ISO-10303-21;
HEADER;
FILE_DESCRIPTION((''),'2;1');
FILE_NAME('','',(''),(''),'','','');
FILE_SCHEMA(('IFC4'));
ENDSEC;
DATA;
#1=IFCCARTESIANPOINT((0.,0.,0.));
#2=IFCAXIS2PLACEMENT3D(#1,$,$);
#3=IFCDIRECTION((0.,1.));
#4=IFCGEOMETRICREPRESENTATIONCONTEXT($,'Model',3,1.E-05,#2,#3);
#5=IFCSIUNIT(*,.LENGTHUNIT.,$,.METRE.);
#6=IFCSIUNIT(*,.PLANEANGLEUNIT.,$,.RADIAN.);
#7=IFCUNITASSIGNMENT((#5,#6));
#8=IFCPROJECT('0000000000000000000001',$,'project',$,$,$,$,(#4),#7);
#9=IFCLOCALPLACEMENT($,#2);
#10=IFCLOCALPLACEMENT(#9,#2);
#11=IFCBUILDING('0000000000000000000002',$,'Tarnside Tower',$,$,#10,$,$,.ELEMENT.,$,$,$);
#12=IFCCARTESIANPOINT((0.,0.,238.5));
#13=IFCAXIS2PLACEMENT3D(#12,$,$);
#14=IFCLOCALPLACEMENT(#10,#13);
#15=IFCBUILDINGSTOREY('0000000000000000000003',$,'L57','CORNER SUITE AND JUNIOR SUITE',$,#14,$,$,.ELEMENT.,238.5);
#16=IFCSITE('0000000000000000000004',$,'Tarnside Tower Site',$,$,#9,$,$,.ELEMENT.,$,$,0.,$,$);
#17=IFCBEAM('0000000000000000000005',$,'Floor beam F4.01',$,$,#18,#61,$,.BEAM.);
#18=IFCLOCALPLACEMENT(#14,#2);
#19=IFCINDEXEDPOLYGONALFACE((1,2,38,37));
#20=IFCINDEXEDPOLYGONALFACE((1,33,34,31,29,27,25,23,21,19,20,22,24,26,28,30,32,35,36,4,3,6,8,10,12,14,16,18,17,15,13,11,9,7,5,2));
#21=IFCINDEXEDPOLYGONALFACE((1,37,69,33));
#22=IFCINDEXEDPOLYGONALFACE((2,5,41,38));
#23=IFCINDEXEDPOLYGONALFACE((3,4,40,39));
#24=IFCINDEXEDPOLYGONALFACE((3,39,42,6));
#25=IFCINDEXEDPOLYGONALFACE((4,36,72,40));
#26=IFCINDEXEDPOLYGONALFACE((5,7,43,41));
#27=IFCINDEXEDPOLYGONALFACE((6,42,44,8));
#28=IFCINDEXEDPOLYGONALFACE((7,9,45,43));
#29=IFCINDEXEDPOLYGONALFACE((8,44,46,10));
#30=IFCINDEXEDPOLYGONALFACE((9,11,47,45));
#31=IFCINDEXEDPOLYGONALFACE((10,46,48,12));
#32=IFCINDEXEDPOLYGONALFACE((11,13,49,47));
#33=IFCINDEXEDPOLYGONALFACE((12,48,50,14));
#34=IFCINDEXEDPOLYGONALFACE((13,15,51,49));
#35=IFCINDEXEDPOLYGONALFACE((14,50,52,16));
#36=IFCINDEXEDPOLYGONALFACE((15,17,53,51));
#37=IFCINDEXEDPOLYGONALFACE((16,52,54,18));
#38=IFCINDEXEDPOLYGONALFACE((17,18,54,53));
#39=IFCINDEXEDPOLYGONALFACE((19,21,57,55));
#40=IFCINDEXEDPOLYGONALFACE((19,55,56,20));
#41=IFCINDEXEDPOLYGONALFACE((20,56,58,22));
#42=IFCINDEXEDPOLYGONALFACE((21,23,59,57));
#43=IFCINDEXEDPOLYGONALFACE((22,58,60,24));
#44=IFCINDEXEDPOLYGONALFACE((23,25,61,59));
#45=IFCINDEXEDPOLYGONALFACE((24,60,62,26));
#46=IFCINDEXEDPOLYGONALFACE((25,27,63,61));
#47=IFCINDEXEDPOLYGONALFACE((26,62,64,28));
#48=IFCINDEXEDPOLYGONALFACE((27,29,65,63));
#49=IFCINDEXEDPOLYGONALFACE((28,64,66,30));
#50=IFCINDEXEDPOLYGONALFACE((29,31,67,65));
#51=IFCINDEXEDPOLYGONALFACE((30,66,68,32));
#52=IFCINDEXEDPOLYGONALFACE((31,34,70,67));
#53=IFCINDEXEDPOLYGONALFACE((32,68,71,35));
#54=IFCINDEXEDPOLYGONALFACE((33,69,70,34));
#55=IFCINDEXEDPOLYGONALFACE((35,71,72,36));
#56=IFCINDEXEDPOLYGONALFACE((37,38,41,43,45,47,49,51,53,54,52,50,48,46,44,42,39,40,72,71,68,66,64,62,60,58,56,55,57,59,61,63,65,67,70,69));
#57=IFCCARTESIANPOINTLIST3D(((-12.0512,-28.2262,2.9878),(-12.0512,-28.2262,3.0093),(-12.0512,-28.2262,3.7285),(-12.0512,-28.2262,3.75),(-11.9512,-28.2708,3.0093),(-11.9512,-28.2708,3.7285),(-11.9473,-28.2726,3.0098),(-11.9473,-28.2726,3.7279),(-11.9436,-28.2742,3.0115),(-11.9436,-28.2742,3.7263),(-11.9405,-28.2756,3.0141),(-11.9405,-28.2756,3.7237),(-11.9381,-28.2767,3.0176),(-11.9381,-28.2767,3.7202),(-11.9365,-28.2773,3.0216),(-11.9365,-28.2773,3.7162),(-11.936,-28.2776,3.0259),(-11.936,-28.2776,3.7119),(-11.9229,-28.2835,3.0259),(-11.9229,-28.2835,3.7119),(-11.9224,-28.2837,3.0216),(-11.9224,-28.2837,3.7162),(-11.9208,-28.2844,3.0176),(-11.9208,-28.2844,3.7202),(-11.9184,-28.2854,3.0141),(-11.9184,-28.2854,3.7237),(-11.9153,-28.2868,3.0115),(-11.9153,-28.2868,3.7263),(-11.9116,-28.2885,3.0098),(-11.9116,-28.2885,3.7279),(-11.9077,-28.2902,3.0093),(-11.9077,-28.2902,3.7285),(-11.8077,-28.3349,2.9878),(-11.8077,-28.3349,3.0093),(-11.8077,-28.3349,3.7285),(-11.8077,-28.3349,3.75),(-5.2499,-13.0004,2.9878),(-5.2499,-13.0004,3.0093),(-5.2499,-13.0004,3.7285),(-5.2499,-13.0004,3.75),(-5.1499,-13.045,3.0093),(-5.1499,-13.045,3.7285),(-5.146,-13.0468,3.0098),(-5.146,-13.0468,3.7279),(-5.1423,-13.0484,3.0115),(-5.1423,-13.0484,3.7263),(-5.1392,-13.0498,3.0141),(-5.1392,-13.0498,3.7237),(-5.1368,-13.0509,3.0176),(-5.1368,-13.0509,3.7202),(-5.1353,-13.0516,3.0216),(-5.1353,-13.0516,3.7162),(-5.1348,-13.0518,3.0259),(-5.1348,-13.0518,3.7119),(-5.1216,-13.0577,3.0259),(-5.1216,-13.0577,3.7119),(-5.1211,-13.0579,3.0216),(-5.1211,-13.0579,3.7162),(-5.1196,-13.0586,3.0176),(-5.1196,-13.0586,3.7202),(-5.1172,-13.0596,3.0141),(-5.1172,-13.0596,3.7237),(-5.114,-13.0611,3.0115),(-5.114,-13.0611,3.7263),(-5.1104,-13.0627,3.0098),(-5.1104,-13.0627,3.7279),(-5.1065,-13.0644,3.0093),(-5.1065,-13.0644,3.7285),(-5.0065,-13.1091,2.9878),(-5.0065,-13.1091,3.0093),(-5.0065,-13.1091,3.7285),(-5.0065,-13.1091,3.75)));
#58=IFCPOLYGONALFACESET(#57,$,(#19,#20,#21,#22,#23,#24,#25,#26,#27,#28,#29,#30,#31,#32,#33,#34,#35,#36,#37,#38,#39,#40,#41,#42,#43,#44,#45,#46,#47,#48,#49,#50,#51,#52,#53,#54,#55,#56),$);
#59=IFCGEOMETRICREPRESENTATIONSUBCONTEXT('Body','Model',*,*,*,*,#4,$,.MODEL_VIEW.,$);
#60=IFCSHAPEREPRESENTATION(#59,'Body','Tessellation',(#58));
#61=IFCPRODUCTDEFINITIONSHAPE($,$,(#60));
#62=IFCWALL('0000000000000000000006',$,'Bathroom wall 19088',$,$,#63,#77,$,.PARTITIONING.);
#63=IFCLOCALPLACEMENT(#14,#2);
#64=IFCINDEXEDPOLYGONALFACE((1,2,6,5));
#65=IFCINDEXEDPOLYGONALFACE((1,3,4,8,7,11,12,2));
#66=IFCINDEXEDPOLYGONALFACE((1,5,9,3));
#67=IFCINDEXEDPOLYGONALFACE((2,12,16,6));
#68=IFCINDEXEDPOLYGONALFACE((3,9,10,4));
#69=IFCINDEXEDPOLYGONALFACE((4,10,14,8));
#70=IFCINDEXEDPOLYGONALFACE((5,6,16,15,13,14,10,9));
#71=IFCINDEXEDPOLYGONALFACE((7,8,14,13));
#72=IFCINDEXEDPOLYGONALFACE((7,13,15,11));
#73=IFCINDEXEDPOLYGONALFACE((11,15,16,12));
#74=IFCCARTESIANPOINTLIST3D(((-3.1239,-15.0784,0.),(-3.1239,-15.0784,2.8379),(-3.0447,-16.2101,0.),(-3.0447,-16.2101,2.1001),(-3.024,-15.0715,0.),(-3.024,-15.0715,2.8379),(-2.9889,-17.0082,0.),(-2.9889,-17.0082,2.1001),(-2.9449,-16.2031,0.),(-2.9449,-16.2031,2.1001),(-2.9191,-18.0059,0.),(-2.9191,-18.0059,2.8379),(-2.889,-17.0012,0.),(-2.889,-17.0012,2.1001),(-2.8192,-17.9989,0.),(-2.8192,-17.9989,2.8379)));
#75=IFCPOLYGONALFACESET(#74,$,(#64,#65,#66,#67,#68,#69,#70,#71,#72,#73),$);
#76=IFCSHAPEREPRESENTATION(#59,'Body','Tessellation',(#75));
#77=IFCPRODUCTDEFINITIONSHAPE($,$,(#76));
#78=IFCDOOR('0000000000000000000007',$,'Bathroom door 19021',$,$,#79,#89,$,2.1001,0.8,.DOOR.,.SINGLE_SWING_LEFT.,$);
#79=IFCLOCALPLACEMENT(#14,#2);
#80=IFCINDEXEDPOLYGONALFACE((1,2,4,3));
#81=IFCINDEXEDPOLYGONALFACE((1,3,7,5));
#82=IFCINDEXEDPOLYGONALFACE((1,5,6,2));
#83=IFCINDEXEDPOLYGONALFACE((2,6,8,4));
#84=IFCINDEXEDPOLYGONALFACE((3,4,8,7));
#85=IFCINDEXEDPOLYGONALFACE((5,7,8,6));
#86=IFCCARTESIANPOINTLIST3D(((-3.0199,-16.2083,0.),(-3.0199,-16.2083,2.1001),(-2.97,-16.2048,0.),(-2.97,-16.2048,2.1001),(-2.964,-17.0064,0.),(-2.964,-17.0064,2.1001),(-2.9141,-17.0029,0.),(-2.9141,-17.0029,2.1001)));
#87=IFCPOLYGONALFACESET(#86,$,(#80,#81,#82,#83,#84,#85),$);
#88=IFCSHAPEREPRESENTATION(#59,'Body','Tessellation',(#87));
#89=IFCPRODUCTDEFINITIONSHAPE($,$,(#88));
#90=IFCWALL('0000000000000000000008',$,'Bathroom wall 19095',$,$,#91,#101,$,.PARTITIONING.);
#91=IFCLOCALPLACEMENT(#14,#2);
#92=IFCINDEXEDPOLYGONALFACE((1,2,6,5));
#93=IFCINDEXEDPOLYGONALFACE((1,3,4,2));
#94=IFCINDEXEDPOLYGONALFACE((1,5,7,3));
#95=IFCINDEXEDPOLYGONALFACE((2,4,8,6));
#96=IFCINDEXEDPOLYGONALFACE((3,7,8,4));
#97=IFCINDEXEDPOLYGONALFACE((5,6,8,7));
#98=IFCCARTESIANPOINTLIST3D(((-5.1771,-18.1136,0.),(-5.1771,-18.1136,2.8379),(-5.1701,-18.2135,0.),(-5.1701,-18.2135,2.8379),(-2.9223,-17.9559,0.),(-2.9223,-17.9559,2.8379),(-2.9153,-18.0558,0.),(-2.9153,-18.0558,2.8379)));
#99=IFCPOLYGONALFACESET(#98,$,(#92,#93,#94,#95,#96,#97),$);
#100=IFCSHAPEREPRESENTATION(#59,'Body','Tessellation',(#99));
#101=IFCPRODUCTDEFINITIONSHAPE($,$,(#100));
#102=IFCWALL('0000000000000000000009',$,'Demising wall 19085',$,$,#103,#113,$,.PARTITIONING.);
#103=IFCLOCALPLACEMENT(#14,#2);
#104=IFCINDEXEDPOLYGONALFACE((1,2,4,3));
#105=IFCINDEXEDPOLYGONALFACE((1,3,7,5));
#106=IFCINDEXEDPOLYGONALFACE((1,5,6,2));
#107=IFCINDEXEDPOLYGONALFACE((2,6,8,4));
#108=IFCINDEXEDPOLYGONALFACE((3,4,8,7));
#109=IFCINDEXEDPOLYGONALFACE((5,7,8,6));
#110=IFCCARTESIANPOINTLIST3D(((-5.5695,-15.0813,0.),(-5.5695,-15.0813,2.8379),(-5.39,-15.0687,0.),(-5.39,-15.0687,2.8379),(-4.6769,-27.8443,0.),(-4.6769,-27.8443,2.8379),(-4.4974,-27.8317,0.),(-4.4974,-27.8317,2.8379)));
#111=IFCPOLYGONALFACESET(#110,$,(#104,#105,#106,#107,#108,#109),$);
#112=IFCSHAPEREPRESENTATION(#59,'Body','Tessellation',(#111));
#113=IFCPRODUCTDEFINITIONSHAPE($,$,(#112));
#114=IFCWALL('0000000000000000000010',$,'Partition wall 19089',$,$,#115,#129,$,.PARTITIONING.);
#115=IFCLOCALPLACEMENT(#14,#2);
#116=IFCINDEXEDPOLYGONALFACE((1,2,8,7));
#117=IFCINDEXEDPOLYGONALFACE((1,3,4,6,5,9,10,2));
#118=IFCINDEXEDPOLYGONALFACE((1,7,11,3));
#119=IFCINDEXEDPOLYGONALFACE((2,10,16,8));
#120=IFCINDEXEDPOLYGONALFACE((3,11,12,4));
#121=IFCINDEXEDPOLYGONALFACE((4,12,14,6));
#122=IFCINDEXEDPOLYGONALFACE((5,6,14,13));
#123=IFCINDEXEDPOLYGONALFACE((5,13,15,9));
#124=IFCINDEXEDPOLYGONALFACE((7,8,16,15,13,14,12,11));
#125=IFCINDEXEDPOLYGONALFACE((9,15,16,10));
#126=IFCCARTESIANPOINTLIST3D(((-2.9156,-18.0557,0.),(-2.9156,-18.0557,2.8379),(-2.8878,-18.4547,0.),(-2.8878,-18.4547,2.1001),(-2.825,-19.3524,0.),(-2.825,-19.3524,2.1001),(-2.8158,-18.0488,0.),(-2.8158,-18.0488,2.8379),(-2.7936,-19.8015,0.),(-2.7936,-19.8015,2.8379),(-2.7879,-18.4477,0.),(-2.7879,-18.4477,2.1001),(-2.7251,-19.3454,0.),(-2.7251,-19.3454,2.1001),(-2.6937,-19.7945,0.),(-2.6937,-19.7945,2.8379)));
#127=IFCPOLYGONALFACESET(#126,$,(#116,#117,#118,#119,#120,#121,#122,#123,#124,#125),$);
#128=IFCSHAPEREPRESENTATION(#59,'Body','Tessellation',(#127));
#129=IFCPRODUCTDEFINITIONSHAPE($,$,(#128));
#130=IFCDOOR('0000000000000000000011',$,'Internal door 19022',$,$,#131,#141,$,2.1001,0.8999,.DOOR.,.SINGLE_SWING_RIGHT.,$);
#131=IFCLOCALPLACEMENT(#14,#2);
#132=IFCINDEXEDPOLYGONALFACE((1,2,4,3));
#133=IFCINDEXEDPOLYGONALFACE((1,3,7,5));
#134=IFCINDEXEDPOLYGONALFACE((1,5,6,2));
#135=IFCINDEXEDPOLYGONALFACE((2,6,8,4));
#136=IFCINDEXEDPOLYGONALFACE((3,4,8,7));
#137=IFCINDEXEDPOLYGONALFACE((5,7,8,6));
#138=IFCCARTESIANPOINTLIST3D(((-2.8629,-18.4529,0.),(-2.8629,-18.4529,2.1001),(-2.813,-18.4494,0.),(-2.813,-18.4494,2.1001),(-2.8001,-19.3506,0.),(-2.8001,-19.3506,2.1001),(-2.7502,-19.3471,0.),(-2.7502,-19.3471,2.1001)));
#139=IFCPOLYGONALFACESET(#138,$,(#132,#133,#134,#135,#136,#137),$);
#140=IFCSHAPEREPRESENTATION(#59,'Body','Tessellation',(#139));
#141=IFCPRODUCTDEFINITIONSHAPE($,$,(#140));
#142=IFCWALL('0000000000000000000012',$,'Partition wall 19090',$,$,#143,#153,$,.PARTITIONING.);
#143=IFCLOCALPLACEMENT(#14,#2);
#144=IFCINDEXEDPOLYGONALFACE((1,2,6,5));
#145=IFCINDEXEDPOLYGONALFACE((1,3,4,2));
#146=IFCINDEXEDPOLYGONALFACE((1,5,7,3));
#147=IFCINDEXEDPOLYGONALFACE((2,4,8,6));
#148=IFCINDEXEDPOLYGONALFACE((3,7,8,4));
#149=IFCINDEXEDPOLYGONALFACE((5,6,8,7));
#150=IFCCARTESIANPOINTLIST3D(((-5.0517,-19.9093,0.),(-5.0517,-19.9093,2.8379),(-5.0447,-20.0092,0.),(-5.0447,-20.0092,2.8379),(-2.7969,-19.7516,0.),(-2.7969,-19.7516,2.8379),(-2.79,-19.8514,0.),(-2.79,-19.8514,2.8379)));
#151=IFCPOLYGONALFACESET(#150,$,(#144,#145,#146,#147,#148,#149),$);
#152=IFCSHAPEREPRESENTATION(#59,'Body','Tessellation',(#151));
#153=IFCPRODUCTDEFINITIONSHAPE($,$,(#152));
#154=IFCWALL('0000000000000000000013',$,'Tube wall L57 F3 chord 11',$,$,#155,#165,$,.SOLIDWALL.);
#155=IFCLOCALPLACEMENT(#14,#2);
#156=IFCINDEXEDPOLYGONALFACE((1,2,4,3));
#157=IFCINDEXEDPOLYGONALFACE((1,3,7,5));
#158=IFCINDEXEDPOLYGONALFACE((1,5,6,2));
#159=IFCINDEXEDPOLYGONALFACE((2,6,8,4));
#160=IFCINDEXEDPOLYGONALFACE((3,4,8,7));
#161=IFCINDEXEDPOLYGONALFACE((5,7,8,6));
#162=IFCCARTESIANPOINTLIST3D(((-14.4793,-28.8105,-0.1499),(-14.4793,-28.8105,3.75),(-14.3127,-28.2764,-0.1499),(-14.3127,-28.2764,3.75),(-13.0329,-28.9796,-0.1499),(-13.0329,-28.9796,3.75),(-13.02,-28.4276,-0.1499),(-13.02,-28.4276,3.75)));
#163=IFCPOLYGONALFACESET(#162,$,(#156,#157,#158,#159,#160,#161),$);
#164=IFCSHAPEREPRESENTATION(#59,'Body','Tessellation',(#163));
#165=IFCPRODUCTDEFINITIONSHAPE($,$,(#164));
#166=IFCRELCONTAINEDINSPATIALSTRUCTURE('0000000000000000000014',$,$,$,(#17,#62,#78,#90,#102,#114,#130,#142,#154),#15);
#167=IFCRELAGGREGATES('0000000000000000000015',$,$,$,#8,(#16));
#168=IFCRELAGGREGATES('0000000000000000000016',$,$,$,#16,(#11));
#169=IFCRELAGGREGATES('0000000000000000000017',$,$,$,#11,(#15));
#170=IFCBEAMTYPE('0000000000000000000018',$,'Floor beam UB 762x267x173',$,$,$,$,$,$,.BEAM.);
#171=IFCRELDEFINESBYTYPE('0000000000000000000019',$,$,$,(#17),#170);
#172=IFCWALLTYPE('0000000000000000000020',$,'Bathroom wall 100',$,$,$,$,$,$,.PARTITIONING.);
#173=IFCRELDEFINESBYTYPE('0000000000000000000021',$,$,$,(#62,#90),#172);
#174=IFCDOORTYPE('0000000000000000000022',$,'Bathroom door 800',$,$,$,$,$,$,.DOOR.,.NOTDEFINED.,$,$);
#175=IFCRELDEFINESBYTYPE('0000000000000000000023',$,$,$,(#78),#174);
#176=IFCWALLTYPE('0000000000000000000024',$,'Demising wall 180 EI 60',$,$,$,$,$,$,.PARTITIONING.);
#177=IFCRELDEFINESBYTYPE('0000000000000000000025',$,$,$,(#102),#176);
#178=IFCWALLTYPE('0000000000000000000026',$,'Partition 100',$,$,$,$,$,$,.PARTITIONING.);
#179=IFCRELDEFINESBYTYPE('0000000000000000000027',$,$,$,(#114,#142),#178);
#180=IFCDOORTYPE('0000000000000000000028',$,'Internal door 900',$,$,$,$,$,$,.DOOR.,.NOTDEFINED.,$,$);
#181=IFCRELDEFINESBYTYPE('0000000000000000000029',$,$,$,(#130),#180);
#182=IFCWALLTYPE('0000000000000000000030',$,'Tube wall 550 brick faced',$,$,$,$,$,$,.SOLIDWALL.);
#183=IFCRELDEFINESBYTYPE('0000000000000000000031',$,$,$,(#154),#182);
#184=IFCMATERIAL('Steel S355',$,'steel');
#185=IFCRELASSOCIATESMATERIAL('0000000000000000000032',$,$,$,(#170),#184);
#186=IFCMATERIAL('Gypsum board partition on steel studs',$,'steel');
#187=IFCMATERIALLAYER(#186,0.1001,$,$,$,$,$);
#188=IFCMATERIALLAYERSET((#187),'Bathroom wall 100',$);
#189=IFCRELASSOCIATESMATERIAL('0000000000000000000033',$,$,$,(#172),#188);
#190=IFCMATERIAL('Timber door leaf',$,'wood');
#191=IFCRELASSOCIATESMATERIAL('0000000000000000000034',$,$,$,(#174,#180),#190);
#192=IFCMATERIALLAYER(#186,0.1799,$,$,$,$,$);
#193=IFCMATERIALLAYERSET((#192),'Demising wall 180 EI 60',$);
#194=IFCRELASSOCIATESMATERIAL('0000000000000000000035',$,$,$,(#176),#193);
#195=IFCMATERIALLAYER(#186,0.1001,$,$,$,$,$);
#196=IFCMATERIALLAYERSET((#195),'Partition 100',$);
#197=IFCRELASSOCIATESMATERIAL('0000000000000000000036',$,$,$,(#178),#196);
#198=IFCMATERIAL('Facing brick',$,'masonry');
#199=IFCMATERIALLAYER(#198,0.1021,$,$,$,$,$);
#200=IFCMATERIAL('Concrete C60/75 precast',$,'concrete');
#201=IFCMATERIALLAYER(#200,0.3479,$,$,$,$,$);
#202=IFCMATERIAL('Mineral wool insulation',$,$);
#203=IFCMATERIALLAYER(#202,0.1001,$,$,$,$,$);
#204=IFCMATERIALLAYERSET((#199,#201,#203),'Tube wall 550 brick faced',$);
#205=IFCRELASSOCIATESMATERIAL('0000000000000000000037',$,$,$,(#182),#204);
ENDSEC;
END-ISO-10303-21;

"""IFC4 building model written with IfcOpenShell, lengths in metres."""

from ifc_helpers import new_model, si_unit, direction, frame, frame_2d, origin, origin_2d, place, context, subcontext, project, spatial, polyline, rectangle, i_section, outline, extrude, material, layer, layer_set, material_profile, profile_set, type_object, element, fill, save


model = new_model("IFC4")

# Units and contexts
model_context = context("Model", 3, precision=1e-05, world=origin(), true_north=direction((0.0, 1.0)))
body_context = subcontext(model_context, "Body", "Model", "MODEL_VIEW")
ifc_project = project(units=[si_unit("LENGTHUNIT", "METRE"), si_unit("PLANEANGLEUNIT", "RADIAN")], contexts=[model_context])

# Site, building, storey
site_placement = place(None, origin())
site = spatial("IfcSite", under=ifc_project, at=site_placement, Name="Tarnside Tower Site", CompositionType="ELEMENT", RefElevation=0.0)
building_placement = place(site_placement, origin())
building = spatial("IfcBuilding", under=site, at=building_placement, Name="Tarnside Tower", CompositionType="ELEMENT")
storey_placement = place(building_placement, frame((0.0, 0.0, 238.5)))
storey = spatial("IfcBuildingStorey", under=building, at=storey_placement, Name="L57", Description="CORNER SUITE AND JUNIOR SUITE", CompositionType="ELEMENT", Elevation=238.5)

# Beam
ifc_material_1 = material(Name="Steel S355", Category="steel")
ifc_material_profile_1 = material_profile(ifc_material_1, i_section(OverallWidth=0.2666, OverallDepth=0.7622, WebThickness=0.0144, FlangeThickness=0.0215, FilletRadius=0.0166, at=origin_2d()), Name="UB 762x267x173")
ifc_profile_set_1 = profile_set([ifc_material_profile_1], Name="Steel S355")
beam_type_1 = type_object("IfcBeamType", Name="Floor beam UB 762x267x173", PredefinedType="BEAM", material=ifc_profile_set_1)
beam_1_placement = place(storey_placement, frame((-11.9294, -28.2805, 3.3689), z_axis=(0.407852, 0.913048, 0.0), x_axis=(-0.913048, 0.407852, 0.0)))
element("IfcBeam", 1, at=beam_1_placement, inside=storey, type_object=beam_type_1, Name="Floor beam F4.01", PredefinedType="BEAM", context=body_context, shape_type="SweptSolid", body=[
    extrude(i_section(OverallWidth=0.2666, OverallDepth=0.7622, WebThickness=0.0144, FlangeThickness=0.0215, FilletRadius=0.0166, at=origin_2d()), origin(), (0.0, 0.0, 1.0), 16.6758),
])

# Wall, opening, door
ifc_material_2 = material(Name="Gypsum board partition on steel studs", Category="steel")
ifc_layer_1 = layer(ifc_material_2, 0.1001)
ifc_layer_set_1 = layer_set([ifc_layer_1], Name="Bathroom wall 100")
wall_type_1 = type_object("IfcWallType", Name="Bathroom wall 100", PredefinedType="PARTITIONING", material=ifc_layer_set_1)
wall_1_placement = place(storey_placement, frame((-3.074, -15.075, 0.0), z_axis=(0.0, 0.0, 1.0), x_axis=(0.069798, -0.997561, 0.0)))
wall_1 = element("IfcWall", 2, at=wall_1_placement, inside=storey, type_object=wall_type_1, Name="Bathroom wall 19088", PredefinedType="PARTITIONING", context=body_context, shape_type="SweptSolid", body=[
    extrude(rectangle(XDim=2.9346, YDim=0.1001, at=frame_2d((1.4673, 0.0))), origin(), (0.0, 0.0, 1.0), 2.8379),
])
opening_1_placement = place(wall_1_placement, frame((1.1345, 0.0, 0.0)))
opening_1 = element("IfcOpeningElement", 3, at=opening_1_placement, cuts=wall_1, PredefinedType="OPENING", context=body_context, shape_type="SweptSolid", body=[
    extrude(rectangle(XDim=0.8, YDim=2.1001, at=frame_2d((0.3999, 1.05))), frame((0.0, 0.0601, 0.0), z_axis=(0.0, -1.0, 0.0), x_axis=(1.0, 0.0, 0.0)), (0.0, 0.0, 1.0), 0.1201),
])
ifc_material_3 = material(Name="Timber door leaf", Category="wood")
door_type_1 = type_object("IfcDoorType", Name="Bathroom door 800", OperationType="NOTDEFINED", PredefinedType="DOOR", material=ifc_material_3)
door_1_placement = place(opening_1_placement, origin())
door_1 = element("IfcDoor", 4, at=door_1_placement, inside=storey, type_object=door_type_1, Name="Bathroom door 19021", OperationType="SINGLE_SWING_LEFT", OverallHeight=2.1001, OverallWidth=0.8, PredefinedType="DOOR", context=body_context, shape_type="SweptSolid", body=[
    extrude(rectangle(XDim=0.8, YDim=2.1001, at=frame_2d((0.3999, 1.05))), frame((0.0, 0.0249, 0.0), z_axis=(0.0, -1.0, 0.0), x_axis=(1.0, 0.0, 0.0)), (0.0, 0.0, 1.0), 0.05),
])
fill(opening_1, door_1)

# Walls
wall_2_placement = place(storey_placement, frame((-5.1736, -18.1636, 0.0), z_axis=(0.0, 0.0, 1.0), x_axis=(0.997562, 0.069781, 0.0)))
element("IfcWall", 5, at=wall_2_placement, inside=storey, type_object=wall_type_1, Name="Bathroom wall 19095", PredefinedType="PARTITIONING", context=body_context, shape_type="SweptSolid", body=[
    extrude(rectangle(XDim=2.2603, YDim=0.1001, at=frame_2d((1.1301, 0.0))), origin(), (0.0, 0.0, 1.0), 2.8379),
])
ifc_layer_2 = layer(ifc_material_2, 0.1799)
ifc_layer_set_2 = layer_set([ifc_layer_2], Name="Demising wall 180 EI 60")
wall_type_2 = type_object("IfcWallType", Name="Demising wall 180 EI 60", PredefinedType="PARTITIONING", material=ifc_layer_set_2)
wall_3_placement = place(storey_placement, frame((-4.5872, -27.8379, 0.0), z_axis=(0.0, 0.0, 1.0), x_axis=(-0.069765, 0.997563, 0.0)))
element("IfcWall", 6, at=wall_3_placement, inside=storey, type_object=wall_type_2, Name="Demising wall 19085", PredefinedType="PARTITIONING", context=body_context, shape_type="SweptSolid", body=[
    extrude(rectangle(XDim=12.7942, YDim=0.1799, at=frame_2d((6.397, 0.0))), origin(), (0.0, 0.0, 1.0), 2.8379),
])

# Wall, opening, door
ifc_layer_3 = layer(ifc_material_2, 0.1001)
ifc_layer_set_3 = layer_set([ifc_layer_3], Name="Partition 100")
wall_type_3 = type_object("IfcWallType", Name="Partition 100", PredefinedType="PARTITIONING", material=ifc_layer_set_3)
wall_4_placement = place(storey_placement, frame((-2.8657, -18.0522, 0.0), z_axis=(0.0, 0.0, 1.0), x_axis=(0.06975, -0.997565, 0.0)))
wall_4 = element("IfcWall", 7, at=wall_4_placement, inside=storey, type_object=wall_type_3, Name="Partition wall 19089", PredefinedType="PARTITIONING", context=body_context, shape_type="SweptSolid", body=[
    extrude(rectangle(XDim=1.75, YDim=0.1001, at=frame_2d((0.875, 0.0))), origin(), (0.0, 0.0, 1.0), 2.8379),
])
opening_2_placement = place(wall_4_placement, frame((0.3999, 0.0, 0.0)))
opening_2 = element("IfcOpeningElement", 8, at=opening_2_placement, cuts=wall_4, PredefinedType="OPENING", context=body_context, shape_type="SweptSolid", body=[
    extrude(rectangle(XDim=0.8999, YDim=2.1001, at=frame_2d((0.45, 1.05))), frame((0.0, 0.0601, 0.0), z_axis=(0.0, -1.0, 0.0), x_axis=(1.0, 0.0, 0.0)), (0.0, 0.0, 1.0), 0.1201),
])
door_type_2 = type_object("IfcDoorType", Name="Internal door 900", OperationType="NOTDEFINED", PredefinedType="DOOR", material=ifc_material_3)
door_2_placement = place(opening_2_placement, origin())
door_2 = element("IfcDoor", 9, at=door_2_placement, inside=storey, type_object=door_type_2, Name="Internal door 19022", OperationType="SINGLE_SWING_RIGHT", OverallHeight=2.1001, OverallWidth=0.8999, PredefinedType="DOOR", context=body_context, shape_type="SweptSolid", body=[
    extrude(rectangle(XDim=0.8999, YDim=2.1001, at=frame_2d((0.45, 1.05))), frame((0.0, 0.0249, 0.0), z_axis=(0.0, -1.0, 0.0), x_axis=(1.0, 0.0, 0.0)), (0.0, 0.0, 1.0), 0.05),
])
fill(opening_2, door_2)

# Walls
wall_5_placement = place(storey_placement, frame((-2.7935, -19.8015, 0.0), z_axis=(0.0, 0.0, 1.0), x_axis=(-0.997562, -0.069781, 0.0)))
element("IfcWall", 10, at=wall_5_placement, inside=storey, type_object=wall_type_3, Name="Partition wall 19090", PredefinedType="PARTITIONING", context=body_context, shape_type="SweptSolid", body=[
    extrude(rectangle(XDim=2.2603, YDim=0.1001, at=frame_2d((1.1301, 0.0))), origin(), (0.0, 0.0, 1.0), 2.8379),
])
ifc_material_4 = material(Name="Facing brick", Category="masonry")
ifc_layer_4 = layer(ifc_material_4, 0.1021)
ifc_material_5 = material(Name="Concrete C60/75 precast", Category="concrete")
ifc_layer_5 = layer(ifc_material_5, 0.3479)
ifc_material_6 = material(Name="Mineral wool insulation")
ifc_layer_6 = layer(ifc_material_6, 0.1001)
ifc_layer_set_4 = layer_set([ifc_layer_4, ifc_layer_5, ifc_layer_6], Name="Tube wall 550 brick faced")
wall_type_4 = type_object("IfcWallType", Name="Tube wall 550 brick faced", PredefinedType="SOLIDWALL", material=ifc_layer_set_4)
wall_6_placement = place(storey_placement, frame((-14.396, -28.5435, -0.1499), z_axis=(0.0, 0.0, 1.0), x_axis=(0.993233, -0.116143, 0.0)))
element("IfcWall", 11, at=wall_6_placement, inside=storey, type_object=wall_type_4, Name="Tube wall L57 F3 chord 11", PredefinedType="SOLIDWALL", context=body_context, shape_type="SweptSolid", body=[
    extrude(outline(polyline([(-0.0518, -0.2749), (1.4045, -0.2749), (1.3533, 0.2749), (0.0518, 0.2749), (-0.0518, -0.2749)])), origin(), (0.0, 0.0, 1.0), 3.8999),
])

save(model, "model.ifc")
